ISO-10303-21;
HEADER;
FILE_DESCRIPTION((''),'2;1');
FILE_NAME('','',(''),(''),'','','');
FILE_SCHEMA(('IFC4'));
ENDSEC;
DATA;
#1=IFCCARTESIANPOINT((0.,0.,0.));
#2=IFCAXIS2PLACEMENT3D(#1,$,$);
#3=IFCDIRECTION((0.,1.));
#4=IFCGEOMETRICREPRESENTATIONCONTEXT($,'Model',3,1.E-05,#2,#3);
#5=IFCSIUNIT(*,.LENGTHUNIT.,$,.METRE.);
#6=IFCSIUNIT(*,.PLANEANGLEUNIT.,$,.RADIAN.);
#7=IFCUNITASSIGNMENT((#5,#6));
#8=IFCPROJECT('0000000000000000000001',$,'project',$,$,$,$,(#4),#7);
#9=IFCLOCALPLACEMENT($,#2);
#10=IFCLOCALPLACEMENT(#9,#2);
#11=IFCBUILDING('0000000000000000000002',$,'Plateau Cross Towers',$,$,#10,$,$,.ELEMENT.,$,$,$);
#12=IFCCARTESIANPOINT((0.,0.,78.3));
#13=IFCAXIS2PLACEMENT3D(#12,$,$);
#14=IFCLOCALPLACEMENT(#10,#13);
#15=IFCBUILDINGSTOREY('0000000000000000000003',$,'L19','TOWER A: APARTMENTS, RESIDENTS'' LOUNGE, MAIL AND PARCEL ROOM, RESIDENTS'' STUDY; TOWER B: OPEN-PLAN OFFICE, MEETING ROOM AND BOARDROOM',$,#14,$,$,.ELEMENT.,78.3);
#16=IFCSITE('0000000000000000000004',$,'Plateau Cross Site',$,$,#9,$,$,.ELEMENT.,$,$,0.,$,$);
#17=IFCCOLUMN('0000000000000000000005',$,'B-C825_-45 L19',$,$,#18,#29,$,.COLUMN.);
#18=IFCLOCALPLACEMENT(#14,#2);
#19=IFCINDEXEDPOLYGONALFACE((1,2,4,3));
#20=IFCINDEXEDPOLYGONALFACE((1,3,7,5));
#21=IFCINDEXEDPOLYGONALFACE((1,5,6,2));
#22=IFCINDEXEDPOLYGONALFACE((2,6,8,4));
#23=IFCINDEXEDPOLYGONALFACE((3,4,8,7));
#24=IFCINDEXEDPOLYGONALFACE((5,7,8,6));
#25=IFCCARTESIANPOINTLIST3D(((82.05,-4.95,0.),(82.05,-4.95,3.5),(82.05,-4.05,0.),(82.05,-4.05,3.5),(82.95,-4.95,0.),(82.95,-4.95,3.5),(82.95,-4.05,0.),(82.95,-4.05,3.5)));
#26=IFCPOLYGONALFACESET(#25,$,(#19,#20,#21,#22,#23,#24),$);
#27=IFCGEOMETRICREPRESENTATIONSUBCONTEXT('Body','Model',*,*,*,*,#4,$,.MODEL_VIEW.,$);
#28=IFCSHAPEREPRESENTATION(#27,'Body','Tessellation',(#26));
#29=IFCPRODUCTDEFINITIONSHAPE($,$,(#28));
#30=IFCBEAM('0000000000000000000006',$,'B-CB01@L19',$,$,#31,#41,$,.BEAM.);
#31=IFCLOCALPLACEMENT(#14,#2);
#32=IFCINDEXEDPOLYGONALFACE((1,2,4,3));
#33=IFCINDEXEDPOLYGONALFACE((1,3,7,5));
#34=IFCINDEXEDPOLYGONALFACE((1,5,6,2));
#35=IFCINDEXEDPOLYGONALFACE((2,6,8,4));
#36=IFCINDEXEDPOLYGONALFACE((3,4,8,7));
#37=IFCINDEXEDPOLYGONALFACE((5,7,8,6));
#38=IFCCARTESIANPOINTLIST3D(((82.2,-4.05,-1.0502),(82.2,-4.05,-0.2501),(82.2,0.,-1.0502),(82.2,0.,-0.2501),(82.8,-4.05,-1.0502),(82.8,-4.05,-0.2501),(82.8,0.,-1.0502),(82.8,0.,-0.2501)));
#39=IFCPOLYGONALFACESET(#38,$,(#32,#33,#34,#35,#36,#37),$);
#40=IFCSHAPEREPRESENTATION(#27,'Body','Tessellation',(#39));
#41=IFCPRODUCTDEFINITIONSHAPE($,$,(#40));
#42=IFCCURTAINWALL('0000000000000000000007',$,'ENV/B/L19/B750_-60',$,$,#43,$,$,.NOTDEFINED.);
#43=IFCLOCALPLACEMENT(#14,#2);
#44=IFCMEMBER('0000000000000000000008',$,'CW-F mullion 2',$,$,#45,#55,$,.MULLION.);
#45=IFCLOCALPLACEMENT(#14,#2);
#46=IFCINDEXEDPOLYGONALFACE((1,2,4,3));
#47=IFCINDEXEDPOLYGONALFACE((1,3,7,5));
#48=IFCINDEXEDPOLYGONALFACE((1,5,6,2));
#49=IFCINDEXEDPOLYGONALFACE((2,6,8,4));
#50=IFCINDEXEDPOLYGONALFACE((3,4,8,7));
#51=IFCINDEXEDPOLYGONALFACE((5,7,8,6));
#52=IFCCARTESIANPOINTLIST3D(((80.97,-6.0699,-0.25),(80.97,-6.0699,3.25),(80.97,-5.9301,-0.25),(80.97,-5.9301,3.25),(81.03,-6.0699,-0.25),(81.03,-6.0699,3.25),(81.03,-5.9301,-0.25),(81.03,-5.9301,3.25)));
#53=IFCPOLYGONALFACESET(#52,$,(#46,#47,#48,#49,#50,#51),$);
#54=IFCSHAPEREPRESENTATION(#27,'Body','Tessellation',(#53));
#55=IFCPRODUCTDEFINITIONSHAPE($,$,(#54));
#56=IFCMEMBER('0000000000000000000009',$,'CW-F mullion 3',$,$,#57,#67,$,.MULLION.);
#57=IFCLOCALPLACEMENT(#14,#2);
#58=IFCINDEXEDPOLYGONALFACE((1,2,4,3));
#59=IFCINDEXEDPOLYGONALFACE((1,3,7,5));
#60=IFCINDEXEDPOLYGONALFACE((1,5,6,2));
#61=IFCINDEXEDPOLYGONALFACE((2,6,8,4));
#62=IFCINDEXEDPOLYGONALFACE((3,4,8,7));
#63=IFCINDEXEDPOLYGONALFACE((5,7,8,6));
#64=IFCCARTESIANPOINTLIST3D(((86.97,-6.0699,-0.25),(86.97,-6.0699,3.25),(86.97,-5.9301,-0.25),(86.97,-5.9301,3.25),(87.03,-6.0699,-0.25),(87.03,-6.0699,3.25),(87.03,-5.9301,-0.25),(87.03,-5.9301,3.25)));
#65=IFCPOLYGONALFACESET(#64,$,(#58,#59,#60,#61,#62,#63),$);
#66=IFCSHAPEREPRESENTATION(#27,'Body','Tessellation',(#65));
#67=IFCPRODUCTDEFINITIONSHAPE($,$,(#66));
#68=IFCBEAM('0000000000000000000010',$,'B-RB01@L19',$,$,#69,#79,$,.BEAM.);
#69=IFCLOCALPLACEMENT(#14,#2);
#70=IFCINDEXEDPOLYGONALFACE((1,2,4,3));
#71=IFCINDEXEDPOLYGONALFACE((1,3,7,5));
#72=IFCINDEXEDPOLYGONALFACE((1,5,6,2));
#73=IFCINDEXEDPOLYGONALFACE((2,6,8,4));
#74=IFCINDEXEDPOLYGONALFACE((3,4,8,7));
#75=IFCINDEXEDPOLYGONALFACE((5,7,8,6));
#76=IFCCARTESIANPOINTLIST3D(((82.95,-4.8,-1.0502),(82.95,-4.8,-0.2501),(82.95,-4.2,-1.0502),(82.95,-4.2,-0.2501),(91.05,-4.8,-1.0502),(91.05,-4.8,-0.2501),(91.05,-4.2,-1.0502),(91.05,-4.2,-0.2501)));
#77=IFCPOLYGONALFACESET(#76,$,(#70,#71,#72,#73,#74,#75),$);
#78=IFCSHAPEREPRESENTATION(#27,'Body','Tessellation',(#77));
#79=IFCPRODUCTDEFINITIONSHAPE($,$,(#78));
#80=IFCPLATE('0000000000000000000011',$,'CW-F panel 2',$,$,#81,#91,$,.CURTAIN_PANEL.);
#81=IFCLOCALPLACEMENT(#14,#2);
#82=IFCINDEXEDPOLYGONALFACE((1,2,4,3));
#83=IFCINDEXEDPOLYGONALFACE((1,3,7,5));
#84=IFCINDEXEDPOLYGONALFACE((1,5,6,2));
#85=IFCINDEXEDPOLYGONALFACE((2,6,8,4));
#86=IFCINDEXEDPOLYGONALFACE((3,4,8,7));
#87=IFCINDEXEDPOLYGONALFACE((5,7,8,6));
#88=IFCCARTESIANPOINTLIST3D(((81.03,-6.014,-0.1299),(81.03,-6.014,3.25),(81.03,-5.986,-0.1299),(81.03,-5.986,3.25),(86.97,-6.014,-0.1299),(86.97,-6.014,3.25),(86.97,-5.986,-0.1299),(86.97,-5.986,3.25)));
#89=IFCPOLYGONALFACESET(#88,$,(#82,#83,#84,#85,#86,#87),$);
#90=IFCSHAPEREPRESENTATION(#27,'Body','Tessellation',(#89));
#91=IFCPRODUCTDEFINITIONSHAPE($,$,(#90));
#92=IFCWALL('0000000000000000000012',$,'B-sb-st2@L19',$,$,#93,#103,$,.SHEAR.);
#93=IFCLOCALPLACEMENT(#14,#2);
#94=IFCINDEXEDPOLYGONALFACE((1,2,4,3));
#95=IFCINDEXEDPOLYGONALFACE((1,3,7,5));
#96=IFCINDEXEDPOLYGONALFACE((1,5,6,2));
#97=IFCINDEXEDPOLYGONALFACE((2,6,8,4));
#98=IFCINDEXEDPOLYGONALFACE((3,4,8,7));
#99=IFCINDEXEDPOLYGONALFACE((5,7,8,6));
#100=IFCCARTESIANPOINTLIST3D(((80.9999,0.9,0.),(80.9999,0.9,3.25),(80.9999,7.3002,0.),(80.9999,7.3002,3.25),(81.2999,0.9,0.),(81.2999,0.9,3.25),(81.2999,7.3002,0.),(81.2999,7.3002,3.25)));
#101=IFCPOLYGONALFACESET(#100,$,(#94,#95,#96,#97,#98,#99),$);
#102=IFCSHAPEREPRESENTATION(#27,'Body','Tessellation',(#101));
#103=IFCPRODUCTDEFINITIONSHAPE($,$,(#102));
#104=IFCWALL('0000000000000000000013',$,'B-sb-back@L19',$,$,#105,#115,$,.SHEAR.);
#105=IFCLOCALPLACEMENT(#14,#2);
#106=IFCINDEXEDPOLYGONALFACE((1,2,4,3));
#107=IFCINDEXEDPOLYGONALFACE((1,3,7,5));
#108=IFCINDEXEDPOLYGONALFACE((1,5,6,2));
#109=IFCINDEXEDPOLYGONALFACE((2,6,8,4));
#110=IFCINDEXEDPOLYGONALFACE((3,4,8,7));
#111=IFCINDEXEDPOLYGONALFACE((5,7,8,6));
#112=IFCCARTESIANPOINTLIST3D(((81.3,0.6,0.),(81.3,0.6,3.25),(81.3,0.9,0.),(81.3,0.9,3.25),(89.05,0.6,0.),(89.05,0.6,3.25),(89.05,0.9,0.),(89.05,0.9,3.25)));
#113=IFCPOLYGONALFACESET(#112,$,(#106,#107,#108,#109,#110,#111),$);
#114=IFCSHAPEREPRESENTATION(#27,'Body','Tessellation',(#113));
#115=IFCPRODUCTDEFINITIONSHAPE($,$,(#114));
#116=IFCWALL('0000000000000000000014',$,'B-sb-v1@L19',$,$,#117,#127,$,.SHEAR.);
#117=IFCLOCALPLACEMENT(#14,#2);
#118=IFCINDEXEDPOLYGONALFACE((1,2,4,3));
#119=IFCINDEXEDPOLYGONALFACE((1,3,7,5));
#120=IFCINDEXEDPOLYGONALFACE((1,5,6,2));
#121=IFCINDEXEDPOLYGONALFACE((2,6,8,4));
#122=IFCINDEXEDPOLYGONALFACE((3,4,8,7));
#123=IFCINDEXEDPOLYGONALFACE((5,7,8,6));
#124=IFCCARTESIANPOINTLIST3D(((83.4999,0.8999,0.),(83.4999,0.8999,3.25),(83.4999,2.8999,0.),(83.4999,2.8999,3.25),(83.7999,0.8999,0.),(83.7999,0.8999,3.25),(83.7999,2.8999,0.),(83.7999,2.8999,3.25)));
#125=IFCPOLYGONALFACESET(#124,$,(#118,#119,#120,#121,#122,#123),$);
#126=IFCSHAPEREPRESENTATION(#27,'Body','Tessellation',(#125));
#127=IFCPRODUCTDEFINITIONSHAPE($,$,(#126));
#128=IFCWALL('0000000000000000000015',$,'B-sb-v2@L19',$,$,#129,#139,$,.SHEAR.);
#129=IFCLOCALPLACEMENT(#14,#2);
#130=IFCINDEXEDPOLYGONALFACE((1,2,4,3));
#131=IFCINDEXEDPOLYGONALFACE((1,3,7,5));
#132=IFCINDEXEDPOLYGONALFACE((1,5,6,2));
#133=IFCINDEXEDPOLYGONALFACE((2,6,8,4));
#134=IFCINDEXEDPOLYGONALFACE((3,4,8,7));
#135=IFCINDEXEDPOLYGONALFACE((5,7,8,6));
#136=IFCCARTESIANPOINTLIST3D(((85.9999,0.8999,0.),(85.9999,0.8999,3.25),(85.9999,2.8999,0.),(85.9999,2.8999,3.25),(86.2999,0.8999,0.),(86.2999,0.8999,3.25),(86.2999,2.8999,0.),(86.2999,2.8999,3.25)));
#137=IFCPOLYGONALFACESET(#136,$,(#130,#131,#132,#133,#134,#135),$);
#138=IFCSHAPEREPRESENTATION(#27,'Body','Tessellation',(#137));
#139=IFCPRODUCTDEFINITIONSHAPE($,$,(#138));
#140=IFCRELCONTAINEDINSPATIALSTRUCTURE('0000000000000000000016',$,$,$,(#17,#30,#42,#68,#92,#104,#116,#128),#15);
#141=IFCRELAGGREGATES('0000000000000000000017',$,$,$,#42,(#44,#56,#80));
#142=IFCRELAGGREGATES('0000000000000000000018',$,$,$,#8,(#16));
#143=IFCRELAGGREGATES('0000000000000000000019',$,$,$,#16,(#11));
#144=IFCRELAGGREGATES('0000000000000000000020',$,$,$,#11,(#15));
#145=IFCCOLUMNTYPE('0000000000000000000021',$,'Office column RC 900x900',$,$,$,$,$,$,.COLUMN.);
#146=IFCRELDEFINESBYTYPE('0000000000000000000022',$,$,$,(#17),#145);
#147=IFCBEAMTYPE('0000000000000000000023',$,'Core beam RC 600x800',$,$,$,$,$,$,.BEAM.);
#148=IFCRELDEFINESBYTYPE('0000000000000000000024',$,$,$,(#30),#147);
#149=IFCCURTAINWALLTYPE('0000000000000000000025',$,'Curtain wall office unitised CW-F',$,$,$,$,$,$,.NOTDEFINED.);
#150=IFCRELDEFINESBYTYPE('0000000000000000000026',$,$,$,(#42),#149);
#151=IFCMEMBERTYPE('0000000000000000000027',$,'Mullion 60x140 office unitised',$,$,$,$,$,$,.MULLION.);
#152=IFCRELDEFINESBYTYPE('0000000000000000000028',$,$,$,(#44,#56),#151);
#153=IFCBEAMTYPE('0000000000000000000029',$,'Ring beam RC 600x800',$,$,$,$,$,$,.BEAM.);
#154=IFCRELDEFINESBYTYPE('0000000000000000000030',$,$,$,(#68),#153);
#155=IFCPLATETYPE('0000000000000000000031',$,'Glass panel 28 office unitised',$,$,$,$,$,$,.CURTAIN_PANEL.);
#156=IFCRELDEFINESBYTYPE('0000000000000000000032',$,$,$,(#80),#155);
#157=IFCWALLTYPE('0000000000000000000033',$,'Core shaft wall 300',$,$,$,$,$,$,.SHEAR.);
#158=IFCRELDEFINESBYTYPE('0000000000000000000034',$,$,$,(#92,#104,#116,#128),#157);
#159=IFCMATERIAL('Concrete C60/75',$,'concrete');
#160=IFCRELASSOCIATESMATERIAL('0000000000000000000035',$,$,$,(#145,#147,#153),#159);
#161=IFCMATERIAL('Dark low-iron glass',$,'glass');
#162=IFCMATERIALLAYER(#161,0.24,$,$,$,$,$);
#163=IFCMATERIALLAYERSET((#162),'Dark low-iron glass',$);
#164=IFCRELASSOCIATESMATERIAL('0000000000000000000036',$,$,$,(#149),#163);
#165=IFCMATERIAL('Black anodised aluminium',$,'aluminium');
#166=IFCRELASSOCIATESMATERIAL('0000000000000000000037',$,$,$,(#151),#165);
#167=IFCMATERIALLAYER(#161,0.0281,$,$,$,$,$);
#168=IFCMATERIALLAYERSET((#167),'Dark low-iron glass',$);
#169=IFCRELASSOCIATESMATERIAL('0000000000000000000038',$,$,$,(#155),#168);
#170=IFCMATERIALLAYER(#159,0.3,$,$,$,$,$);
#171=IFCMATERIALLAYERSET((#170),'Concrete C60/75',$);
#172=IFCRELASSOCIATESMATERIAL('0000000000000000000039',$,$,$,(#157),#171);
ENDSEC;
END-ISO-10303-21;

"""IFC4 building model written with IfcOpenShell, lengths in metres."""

from ifc_helpers import new_model, si_unit, direction, frame, frame_2d, origin, origin_2d, place, context, subcontext, project, spatial, rectangle, extrude, material, layer, layer_set, material_profile, profile_set, type_object, element, aggregate, save


model = new_model("IFC4")

# Units and contexts
model_context = context("Model", 3, precision=1e-05, world=origin(), true_north=direction((0.0, 1.0)))
body_context = subcontext(model_context, "Body", "Model", "MODEL_VIEW")
ifc_project = project(units=[si_unit("LENGTHUNIT", "METRE"), si_unit("PLANEANGLEUNIT", "RADIAN")], contexts=[model_context])

# Site, building, storey
site_placement = place(None, origin())
site = spatial("IfcSite", under=ifc_project, at=site_placement, Name="Plateau Cross Site", CompositionType="ELEMENT", RefElevation=0.0)
building_placement = place(site_placement, origin())
building = spatial("IfcBuilding", under=site, at=building_placement, Name="Plateau Cross Towers", CompositionType="ELEMENT")
storey_placement = place(building_placement, frame((0.0, 0.0, 78.3)))
storey = spatial("IfcBuildingStorey", under=building, at=storey_placement, Name="L19", Description="TOWER A: APARTMENTS, RESIDENTS' LOUNGE, MAIL AND PARCEL ROOM, RESIDENTS' STUDY; TOWER B: OPEN-PLAN OFFICE, MEETING ROOM AND BOARDROOM", CompositionType="ELEMENT", Elevation=78.3)

# Column
ifc_material_1 = material(Name="Concrete C60/75", Category="concrete")
ifc_material_profile_1 = material_profile(ifc_material_1, rectangle(XDim=0.8999, YDim=0.8999, at=origin_2d()), Name="RC 900x900")
ifc_profile_set_1 = profile_set([ifc_material_profile_1], Name="Concrete C60/75")
column_type = type_object("IfcColumnType", Name="Office column RC 900x900", PredefinedType="COLUMN", material=ifc_profile_set_1)
column_placement = place(storey_placement, frame((82.5, -4.5, 0.0), z_axis=(0.0, 0.0, 1.0), x_axis=(1.0, 0.0, 0.0)))
element("IfcColumn", 1, at=column_placement, inside=storey, type_object=column_type, Name="B-C825_-45 L19", PredefinedType="COLUMN", context=body_context, shape_type="SweptSolid", body=[
    extrude(rectangle(XDim=0.8999, YDim=0.8999, at=origin_2d()), origin(), (0.0, 0.0, 1.0), 3.5),
])

# Beam
ifc_material_profile_2 = material_profile(ifc_material_1, rectangle(XDim=0.6001, YDim=0.8, at=origin_2d()), Name="RC 600x800")
ifc_profile_set_2 = profile_set([ifc_material_profile_2], Name="Concrete C60/75")
beam_type_1 = type_object("IfcBeamType", Name="Core beam RC 600x800", PredefinedType="BEAM", material=ifc_profile_set_2)
beam_1_placement = place(storey_placement, frame((82.5, 0.0, -0.6501), z_axis=(0.0, -1.0, 0.0), x_axis=(1.0, 0.0, 0.0)))
element("IfcBeam", 2, at=beam_1_placement, inside=storey, type_object=beam_type_1, Name="B-CB01@L19", PredefinedType="BEAM", context=body_context, shape_type="SweptSolid", body=[
    extrude(rectangle(XDim=0.6001, YDim=0.8, at=origin_2d()), origin(), (0.0, 0.0, 1.0), 4.05),
])

# Curtain wall, members
ifc_material_2 = material(Name="Dark low-iron glass", Category="glass")
ifc_layer_1 = layer(ifc_material_2, 0.24)
ifc_layer_set_1 = layer_set([ifc_layer_1], Name="Dark low-iron glass")
curtain_wall_type = type_object("IfcCurtainWallType", Name="Curtain wall office unitised CW-F", PredefinedType="NOTDEFINED", material=ifc_layer_set_1)
curtain_wall_placement = place(storey_placement, origin())
curtain_wall = element("IfcCurtainWall", 3, at=curtain_wall_placement, inside=storey, type_object=curtain_wall_type, Name="ENV/B/L19/B750_-60", PredefinedType="NOTDEFINED")
ifc_material_3 = material(Name="Black anodised aluminium", Category="aluminium")
ifc_material_profile_3 = material_profile(ifc_material_3, rectangle(XDim=0.0601, YDim=0.1399, at=origin_2d()), Name="MULLION 60x140")
ifc_profile_set_3 = profile_set([ifc_material_profile_3], Name="Black anodised aluminium")
member_type = type_object("IfcMemberType", Name="Mullion 60x140 office unitised", PredefinedType="MULLION", material=ifc_profile_set_3)
member_1_placement = place(storey_placement, frame((81.0, -6.0, -0.25), z_axis=(0.0, 0.0, 1.0), x_axis=(1.0, 0.0, 0.0)))
member_1 = element("IfcMember", 4, at=member_1_placement, type_object=member_type, Name="CW-F mullion 2", PredefinedType="MULLION", context=body_context, shape_type="SweptSolid", body=[
    extrude(rectangle(XDim=0.0601, YDim=0.1399, at=origin_2d()), origin(), (0.0, 0.0, 1.0), 3.5),
])
member_2_placement = place(storey_placement, frame((87.0, -6.0, -0.25), z_axis=(0.0, 0.0, 1.0), x_axis=(1.0, 0.0, 0.0)))
member_2 = element("IfcMember", 5, at=member_2_placement, type_object=member_type, Name="CW-F mullion 3", PredefinedType="MULLION", context=body_context, shape_type="SweptSolid", body=[
    extrude(rectangle(XDim=0.0601, YDim=0.1399, at=origin_2d()), origin(), (0.0, 0.0, 1.0), 3.5),
])

# Beam
ifc_material_profile_4 = material_profile(ifc_material_1, rectangle(XDim=0.6001, YDim=0.8, at=origin_2d()), Name="RC 600x800")
ifc_profile_set_4 = profile_set([ifc_material_profile_4], Name="Concrete C60/75")
beam_type_2 = type_object("IfcBeamType", Name="Ring beam RC 600x800", PredefinedType="BEAM", material=ifc_profile_set_4)
beam_2_placement = place(storey_placement, frame((82.95, -4.5, -0.6501), z_axis=(1.0, 0.0, 0.0), x_axis=(0.0, 1.0, 0.0)))
element("IfcBeam", 6, at=beam_2_placement, inside=storey, type_object=beam_type_2, Name="B-RB01@L19", PredefinedType="BEAM", context=body_context, shape_type="SweptSolid", body=[
    extrude(rectangle(XDim=0.6001, YDim=0.8, at=origin_2d()), origin(), (0.0, 0.0, 1.0), 8.1001),
])

# Plate
ifc_layer_2 = layer(ifc_material_2, 0.0281)
ifc_layer_set_2 = layer_set([ifc_layer_2], Name="Dark low-iron glass")
plate_type = type_object("IfcPlateType", Name="Glass panel 28 office unitised", PredefinedType="CURTAIN_PANEL", material=ifc_layer_set_2)
plate_placement = place(storey_placement, frame((84.0, -6.0, -0.1299), z_axis=(0.0, 0.0, 1.0), x_axis=(1.0, 0.0, 0.0)))
plate = element("IfcPlate", 7, at=plate_placement, type_object=plate_type, Name="CW-F panel 2", PredefinedType="CURTAIN_PANEL", context=body_context, shape_type="SweptSolid", body=[
    extrude(rectangle(XDim=5.9399, YDim=0.0281, at=origin_2d()), origin(), (0.0, 0.0, 1.0), 3.3799),
])
aggregate(curtain_wall, [member_1, member_2, plate])

# Walls
ifc_layer_3 = layer(ifc_material_1, 0.3)
ifc_layer_set_3 = layer_set([ifc_layer_3], Name="Concrete C60/75")
wall_type_1 = type_object("IfcWallType", Name="Core shaft wall 300", PredefinedType="SHEAR", material=ifc_layer_set_3)
wall_1_placement = place(storey_placement, frame((81.1499, 0.8999, 0.0), z_axis=(0.0, 0.0, 1.0), x_axis=(0.0, 1.0, 0.0)))
element("IfcWall", 8, at=wall_1_placement, inside=storey, type_object=wall_type_1, Name="B-sb-st2@L19", PredefinedType="SHEAR", context=body_context, shape_type="SweptSolid", body=[
    extrude(rectangle(XDim=6.4001, YDim=0.3, at=frame_2d((3.2002, 0.0))), origin(), (0.0, 0.0, 1.0), 3.25),
])
wall_2_placement = place(storey_placement, frame((81.3, 0.75, 0.0), z_axis=(0.0, 0.0, 1.0), x_axis=(1.0, 0.0, 0.0)))
element("IfcWall", 9, at=wall_2_placement, inside=storey, type_object=wall_type_1, Name="B-sb-back@L19", PredefinedType="SHEAR", context=body_context, shape_type="SweptSolid", body=[
    extrude(rectangle(XDim=7.75, YDim=0.3, at=frame_2d((3.875, 0.0))), origin(), (0.0, 0.0, 1.0), 3.25),
])
for number, where, z_axis, x_axis, name in (
    (10, (83.6499, 0.8999, 0.0), (0.0, 0.0, 1.0), (0.0, 1.0, 0.0), "B-sb-v1@L19"),
    (11, (86.1499, 0.8999, 0.0), (0.0, 0.0, 1.0), (0.0, 1.0, 0.0), "B-sb-v2@L19"),
):
    element("IfcWall", number, at=place(storey_placement, frame(where, z_axis=z_axis, x_axis=x_axis)), inside=storey, type_object=wall_type_1, Name=name, PredefinedType="SHEAR", context=body_context, shape_type="SweptSolid", body=[
        extrude(rectangle(XDim=2.0, YDim=0.3, at=frame_2d((1.0, 0.0))), origin(), (0.0, 0.0, 1.0), 3.25),
    ])

save(model, "model.ifc")
